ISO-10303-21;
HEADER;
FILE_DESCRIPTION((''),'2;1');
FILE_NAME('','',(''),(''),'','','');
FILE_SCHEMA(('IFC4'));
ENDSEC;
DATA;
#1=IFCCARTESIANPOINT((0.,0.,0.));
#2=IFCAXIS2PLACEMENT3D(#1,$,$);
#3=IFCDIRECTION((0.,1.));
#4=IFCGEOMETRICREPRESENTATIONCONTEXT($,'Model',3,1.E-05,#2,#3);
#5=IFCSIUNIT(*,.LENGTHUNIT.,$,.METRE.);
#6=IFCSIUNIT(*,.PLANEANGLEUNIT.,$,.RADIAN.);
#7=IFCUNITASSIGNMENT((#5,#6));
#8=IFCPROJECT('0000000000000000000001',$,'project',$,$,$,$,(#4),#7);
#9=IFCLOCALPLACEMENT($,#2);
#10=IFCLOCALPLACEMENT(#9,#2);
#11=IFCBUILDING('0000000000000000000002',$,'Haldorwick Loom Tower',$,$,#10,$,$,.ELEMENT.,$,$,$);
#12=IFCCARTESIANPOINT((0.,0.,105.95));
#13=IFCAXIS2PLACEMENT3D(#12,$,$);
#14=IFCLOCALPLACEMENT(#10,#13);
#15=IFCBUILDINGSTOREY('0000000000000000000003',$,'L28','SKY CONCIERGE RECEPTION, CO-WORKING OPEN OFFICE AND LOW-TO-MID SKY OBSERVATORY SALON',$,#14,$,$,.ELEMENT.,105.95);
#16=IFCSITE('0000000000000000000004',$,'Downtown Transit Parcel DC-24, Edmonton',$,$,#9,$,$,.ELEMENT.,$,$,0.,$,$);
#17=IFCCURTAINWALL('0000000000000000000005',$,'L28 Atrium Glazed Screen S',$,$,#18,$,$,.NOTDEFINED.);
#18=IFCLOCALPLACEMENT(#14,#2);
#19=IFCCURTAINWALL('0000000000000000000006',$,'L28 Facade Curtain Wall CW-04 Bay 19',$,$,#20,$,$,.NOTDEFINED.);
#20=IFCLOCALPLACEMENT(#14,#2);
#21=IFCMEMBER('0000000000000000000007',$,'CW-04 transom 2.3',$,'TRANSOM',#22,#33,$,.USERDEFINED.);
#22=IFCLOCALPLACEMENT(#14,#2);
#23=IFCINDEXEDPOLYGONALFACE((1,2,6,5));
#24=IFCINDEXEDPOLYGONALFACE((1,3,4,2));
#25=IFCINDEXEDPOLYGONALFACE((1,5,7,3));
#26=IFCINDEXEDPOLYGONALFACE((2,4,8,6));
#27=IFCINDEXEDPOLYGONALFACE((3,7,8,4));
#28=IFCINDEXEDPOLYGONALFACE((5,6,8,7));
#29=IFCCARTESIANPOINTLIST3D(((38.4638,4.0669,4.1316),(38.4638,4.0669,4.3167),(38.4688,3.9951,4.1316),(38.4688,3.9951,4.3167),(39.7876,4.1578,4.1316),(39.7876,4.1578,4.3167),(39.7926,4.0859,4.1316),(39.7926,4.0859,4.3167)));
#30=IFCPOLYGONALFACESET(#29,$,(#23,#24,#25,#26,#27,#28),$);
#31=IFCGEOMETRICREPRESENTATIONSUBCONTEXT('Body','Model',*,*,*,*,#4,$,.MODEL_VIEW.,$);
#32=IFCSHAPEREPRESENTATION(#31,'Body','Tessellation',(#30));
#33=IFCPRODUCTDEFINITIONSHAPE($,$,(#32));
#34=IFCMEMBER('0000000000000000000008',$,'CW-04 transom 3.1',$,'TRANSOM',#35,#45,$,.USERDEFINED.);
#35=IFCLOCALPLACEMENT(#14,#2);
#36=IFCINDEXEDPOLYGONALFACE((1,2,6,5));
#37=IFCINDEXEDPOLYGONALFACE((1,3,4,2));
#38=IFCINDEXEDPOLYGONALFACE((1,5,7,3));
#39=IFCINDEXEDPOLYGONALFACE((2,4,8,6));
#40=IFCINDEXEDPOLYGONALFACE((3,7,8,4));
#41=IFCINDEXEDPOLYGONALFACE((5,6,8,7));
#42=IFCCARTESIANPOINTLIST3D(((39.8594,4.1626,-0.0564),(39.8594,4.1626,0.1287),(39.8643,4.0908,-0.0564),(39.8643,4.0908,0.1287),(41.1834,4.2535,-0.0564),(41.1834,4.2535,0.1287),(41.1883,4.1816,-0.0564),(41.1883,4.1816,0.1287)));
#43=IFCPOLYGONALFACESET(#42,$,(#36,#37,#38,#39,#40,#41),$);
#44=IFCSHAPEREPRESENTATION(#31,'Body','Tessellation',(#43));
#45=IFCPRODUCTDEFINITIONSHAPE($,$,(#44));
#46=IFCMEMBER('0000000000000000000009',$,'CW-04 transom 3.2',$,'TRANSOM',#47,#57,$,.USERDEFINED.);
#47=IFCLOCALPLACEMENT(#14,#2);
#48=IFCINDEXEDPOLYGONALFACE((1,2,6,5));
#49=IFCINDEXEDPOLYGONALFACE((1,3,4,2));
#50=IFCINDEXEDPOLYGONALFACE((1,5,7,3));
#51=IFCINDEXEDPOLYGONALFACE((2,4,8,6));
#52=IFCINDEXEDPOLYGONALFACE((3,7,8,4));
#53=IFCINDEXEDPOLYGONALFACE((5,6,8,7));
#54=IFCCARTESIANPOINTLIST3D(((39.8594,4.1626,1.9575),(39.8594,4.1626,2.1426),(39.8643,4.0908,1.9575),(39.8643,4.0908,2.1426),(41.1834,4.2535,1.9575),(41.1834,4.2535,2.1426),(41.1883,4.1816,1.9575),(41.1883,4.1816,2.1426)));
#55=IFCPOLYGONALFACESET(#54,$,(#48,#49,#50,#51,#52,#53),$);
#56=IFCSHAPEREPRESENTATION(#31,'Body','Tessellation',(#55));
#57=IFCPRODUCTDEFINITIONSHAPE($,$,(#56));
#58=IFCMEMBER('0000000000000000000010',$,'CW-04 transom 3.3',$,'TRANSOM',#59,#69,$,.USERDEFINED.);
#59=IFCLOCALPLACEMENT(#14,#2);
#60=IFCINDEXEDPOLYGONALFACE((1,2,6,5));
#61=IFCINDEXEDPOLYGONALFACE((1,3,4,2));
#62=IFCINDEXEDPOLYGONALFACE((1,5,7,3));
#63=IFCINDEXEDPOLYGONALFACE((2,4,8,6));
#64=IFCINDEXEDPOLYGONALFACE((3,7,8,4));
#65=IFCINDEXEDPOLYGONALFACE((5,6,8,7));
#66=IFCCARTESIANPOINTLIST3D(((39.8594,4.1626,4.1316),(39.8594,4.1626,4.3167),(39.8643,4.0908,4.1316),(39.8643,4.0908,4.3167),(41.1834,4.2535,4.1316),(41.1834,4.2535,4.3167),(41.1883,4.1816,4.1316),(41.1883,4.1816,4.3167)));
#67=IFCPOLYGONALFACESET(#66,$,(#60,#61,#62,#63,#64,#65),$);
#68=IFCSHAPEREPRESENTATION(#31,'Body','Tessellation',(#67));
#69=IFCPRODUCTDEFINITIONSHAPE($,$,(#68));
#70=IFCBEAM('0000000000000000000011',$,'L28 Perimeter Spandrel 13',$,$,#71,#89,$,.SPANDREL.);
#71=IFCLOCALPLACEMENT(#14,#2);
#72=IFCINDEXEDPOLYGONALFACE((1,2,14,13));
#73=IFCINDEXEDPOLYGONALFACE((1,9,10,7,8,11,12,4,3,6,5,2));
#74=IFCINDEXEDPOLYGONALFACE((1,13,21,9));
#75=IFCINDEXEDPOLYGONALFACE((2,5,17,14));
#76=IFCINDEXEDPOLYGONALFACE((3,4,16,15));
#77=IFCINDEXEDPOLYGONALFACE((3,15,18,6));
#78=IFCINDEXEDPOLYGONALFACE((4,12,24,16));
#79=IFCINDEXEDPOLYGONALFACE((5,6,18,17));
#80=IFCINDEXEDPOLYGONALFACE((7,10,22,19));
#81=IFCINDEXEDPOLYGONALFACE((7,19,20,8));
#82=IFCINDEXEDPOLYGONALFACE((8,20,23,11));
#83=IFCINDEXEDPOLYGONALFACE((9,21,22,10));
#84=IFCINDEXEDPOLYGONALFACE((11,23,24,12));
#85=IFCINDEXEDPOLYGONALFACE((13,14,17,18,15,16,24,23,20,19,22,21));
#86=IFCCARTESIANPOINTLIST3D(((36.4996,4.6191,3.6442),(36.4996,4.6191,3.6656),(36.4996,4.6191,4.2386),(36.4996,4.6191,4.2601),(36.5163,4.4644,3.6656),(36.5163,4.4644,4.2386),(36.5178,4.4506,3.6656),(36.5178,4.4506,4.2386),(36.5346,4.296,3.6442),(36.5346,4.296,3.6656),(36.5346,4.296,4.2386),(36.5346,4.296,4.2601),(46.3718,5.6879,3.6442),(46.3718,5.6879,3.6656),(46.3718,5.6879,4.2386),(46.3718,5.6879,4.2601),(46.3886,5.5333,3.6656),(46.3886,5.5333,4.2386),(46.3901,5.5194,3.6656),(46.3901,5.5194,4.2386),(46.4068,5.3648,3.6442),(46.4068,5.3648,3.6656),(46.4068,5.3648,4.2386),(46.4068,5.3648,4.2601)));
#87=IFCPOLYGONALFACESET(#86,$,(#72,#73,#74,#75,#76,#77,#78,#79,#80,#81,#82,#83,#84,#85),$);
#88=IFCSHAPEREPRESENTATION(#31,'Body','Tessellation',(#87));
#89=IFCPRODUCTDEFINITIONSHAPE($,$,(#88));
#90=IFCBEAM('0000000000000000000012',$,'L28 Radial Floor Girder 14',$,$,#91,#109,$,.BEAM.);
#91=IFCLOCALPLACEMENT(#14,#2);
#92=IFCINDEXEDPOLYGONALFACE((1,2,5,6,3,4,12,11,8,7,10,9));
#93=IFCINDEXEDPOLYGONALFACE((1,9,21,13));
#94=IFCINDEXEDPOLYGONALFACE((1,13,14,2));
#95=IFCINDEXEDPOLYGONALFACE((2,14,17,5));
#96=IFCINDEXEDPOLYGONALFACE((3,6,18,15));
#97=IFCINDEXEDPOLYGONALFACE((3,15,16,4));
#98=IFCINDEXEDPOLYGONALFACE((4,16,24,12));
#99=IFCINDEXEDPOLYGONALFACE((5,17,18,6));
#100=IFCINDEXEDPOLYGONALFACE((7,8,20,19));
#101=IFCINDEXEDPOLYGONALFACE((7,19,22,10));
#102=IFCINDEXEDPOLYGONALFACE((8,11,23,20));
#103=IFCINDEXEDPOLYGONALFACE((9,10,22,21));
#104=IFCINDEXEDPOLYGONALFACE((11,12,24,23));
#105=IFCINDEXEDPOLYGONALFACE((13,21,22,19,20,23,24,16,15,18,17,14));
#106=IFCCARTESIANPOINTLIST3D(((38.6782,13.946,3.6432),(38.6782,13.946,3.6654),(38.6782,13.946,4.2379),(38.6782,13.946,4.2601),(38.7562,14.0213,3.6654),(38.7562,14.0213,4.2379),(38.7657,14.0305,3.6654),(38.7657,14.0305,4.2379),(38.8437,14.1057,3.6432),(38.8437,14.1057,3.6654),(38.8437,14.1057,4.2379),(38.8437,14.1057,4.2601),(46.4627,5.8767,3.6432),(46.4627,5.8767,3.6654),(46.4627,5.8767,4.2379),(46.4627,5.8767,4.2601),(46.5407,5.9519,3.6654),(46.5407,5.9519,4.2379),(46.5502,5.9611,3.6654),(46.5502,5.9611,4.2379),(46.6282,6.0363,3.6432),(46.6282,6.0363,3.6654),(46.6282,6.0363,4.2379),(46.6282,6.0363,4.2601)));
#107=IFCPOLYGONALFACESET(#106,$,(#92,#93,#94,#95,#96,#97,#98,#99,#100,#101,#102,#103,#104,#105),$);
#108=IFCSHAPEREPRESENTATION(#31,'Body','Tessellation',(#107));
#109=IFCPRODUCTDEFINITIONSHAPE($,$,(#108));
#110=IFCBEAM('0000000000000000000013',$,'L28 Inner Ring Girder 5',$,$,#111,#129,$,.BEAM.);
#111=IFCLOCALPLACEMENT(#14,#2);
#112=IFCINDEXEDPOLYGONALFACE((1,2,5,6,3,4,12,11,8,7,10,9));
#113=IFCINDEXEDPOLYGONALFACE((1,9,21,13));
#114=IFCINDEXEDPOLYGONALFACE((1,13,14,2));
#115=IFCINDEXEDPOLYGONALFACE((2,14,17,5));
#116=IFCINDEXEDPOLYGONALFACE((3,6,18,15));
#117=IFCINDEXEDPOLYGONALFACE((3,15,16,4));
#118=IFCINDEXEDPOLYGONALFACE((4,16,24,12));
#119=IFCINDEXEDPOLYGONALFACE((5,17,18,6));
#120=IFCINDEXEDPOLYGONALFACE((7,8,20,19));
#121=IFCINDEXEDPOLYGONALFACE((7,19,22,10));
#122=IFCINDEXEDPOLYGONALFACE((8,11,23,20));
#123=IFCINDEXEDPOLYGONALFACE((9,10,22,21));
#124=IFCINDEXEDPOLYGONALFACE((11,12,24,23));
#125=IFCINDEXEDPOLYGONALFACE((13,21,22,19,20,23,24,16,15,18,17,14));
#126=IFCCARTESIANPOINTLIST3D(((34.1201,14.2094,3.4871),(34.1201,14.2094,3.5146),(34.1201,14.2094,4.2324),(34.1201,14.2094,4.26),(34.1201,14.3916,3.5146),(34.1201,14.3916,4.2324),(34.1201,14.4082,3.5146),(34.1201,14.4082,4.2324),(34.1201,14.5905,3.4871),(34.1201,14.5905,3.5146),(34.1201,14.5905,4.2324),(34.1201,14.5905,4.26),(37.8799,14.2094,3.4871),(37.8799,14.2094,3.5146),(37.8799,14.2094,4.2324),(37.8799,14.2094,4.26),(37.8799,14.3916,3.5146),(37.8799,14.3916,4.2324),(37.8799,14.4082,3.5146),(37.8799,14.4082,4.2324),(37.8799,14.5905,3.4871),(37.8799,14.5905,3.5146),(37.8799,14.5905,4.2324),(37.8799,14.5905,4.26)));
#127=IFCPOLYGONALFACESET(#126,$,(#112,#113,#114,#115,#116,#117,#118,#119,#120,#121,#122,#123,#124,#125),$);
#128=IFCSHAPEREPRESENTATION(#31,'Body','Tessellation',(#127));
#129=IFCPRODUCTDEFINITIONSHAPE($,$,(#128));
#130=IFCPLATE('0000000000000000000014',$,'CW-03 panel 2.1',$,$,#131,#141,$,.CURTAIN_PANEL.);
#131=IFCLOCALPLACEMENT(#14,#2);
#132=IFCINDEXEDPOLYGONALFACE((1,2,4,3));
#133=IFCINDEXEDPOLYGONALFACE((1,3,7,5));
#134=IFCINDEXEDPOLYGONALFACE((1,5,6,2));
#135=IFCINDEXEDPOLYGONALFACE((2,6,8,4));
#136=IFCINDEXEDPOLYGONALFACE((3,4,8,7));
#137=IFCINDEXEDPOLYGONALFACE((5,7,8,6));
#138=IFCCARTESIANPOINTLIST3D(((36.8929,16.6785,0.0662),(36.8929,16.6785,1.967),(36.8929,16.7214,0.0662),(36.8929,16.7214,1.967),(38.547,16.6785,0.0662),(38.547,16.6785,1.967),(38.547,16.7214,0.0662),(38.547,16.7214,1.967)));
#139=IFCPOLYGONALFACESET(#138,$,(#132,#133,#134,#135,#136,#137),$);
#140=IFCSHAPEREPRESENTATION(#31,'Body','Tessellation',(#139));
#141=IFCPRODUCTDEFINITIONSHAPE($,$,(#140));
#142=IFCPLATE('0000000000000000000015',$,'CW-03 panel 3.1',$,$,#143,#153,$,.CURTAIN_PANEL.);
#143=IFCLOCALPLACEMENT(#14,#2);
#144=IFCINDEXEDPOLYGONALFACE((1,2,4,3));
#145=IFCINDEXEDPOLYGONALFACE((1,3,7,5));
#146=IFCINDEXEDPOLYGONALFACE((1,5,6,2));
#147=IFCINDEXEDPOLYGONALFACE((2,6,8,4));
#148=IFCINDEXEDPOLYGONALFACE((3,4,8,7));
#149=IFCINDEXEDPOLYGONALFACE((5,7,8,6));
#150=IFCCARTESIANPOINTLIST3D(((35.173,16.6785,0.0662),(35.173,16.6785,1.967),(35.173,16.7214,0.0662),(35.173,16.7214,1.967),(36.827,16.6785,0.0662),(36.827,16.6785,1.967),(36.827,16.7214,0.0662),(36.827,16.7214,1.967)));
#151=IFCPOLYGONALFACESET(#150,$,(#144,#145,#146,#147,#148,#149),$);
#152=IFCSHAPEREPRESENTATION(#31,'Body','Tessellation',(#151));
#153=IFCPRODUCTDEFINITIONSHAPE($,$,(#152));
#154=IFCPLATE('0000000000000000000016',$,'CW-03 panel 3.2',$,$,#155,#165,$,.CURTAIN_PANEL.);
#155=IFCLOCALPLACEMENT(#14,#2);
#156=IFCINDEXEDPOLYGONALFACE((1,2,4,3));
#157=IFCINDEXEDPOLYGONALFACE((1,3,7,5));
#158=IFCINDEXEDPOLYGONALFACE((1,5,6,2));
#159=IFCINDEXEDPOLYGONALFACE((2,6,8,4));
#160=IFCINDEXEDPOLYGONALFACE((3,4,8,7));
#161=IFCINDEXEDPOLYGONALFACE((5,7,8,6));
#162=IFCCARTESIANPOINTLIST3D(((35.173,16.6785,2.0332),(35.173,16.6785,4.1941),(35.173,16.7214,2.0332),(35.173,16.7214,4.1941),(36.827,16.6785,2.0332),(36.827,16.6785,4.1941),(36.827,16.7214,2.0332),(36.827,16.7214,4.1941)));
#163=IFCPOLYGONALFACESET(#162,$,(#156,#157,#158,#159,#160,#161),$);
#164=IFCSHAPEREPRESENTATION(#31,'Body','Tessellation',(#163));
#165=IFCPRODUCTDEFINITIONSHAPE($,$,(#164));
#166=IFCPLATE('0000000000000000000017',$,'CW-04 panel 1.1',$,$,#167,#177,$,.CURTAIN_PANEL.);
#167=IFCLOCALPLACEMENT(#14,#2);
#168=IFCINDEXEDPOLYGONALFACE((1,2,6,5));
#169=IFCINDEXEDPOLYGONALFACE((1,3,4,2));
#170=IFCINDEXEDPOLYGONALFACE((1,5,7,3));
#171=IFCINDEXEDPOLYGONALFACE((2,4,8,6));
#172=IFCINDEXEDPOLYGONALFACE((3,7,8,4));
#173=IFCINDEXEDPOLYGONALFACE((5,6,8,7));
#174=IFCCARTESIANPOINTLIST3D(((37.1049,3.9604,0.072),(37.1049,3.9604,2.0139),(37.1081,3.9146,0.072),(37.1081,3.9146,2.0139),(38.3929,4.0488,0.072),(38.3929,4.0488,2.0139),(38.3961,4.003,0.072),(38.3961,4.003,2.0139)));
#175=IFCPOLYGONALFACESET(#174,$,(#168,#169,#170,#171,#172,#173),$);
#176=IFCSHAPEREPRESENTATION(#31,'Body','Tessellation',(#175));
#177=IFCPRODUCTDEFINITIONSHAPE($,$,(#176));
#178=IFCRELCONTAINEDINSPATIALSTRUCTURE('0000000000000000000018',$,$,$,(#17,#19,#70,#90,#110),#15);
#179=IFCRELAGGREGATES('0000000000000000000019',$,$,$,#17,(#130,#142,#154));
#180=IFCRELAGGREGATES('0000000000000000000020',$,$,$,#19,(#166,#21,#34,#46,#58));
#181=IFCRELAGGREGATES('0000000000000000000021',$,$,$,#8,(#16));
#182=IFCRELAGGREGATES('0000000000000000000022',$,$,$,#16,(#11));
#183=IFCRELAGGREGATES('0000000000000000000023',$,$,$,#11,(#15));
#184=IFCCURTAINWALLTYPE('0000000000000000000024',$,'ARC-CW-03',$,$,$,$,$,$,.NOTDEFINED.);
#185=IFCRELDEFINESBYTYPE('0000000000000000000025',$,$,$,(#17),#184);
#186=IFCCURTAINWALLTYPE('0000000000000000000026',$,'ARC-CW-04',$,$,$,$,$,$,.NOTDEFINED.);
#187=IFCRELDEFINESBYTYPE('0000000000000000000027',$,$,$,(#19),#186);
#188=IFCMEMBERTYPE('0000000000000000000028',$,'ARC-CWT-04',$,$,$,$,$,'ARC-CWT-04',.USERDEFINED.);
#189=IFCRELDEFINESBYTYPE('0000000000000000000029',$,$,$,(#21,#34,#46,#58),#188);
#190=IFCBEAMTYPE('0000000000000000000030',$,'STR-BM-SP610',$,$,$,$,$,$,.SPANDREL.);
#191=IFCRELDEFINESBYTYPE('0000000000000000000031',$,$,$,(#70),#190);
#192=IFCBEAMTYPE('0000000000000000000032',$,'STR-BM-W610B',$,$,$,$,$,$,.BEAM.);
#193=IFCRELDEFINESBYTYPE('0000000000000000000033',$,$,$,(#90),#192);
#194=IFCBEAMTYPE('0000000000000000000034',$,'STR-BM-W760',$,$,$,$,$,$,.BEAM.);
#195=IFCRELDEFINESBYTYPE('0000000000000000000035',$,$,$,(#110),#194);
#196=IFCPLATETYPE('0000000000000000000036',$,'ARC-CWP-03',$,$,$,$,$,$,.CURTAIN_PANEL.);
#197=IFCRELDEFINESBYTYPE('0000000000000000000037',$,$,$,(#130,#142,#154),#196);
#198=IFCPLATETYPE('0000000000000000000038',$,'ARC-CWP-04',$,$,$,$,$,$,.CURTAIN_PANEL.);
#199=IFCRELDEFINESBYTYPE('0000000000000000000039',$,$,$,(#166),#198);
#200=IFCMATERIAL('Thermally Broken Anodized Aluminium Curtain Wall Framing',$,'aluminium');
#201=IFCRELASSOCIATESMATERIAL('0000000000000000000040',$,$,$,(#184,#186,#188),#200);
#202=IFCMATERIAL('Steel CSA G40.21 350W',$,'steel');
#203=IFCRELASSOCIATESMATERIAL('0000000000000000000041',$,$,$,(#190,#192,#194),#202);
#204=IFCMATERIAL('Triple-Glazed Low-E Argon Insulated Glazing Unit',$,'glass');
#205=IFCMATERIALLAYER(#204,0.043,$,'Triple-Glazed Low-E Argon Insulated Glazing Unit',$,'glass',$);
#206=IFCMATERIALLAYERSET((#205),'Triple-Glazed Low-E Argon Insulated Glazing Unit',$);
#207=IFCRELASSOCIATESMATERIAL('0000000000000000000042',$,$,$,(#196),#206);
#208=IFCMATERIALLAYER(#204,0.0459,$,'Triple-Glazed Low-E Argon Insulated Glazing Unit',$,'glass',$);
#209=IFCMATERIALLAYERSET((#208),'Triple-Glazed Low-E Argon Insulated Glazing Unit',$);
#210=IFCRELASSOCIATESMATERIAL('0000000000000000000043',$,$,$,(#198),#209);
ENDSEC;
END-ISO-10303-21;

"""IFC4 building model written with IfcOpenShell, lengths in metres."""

from ifc_helpers import new_model, si_unit, direction, frame, origin, origin_2d, place, context, subcontext, project, spatial, rectangle, i_section, extrude, material, layer, layer_set, material_profile, profile_set, type_object, element, aggregate, save


model = new_model("IFC4")

# Units and contexts
model_context = context("Model", 3, precision=1e-05, world=origin(), true_north=direction((0.0, 1.0)))
body_context = subcontext(model_context, "Body", "Model", "MODEL_VIEW")
ifc_project = project(units=[si_unit("LENGTHUNIT", "METRE"), si_unit("PLANEANGLEUNIT", "RADIAN")], contexts=[model_context])

# Site, building, storey
site_placement = place(None, origin())
site = spatial("IfcSite", under=ifc_project, at=site_placement, Name="Downtown Transit Parcel DC-24, Edmonton", CompositionType="ELEMENT", RefElevation=0.0)
building_placement = place(site_placement, origin())
building = spatial("IfcBuilding", under=site, at=building_placement, Name="Haldorwick Loom Tower", CompositionType="ELEMENT")
storey_placement = place(building_placement, frame((0.0, 0.0, 105.95)))
storey = spatial("IfcBuildingStorey", under=building, at=storey_placement, Name="L28", Description="SKY CONCIERGE RECEPTION, CO-WORKING OPEN OFFICE AND LOW-TO-MID SKY OBSERVATORY SALON", CompositionType="ELEMENT", Elevation=105.95)

# Curtain wall
ifc_material_1 = material(Name="Thermally Broken Anodized Aluminium Curtain Wall Framing", Category="aluminium")
curtain_wall_type_1 = type_object("IfcCurtainWallType", Name="ARC-CW-03", PredefinedType="NOTDEFINED", material=ifc_material_1)
curtain_wall_1_placement = place(storey_placement, origin())
curtain_wall_1 = element("IfcCurtainWall", 1, at=curtain_wall_1_placement, inside=storey, type_object=curtain_wall_type_1, Name="L28 Atrium Glazed Screen S", PredefinedType="NOTDEFINED")

# Curtain wall
curtain_wall_type_2 = type_object("IfcCurtainWallType", Name="ARC-CW-04", PredefinedType="NOTDEFINED", material=ifc_material_1)
curtain_wall_2_placement = place(storey_placement, origin())
curtain_wall_2 = element("IfcCurtainWall", 2, at=curtain_wall_2_placement, inside=storey, type_object=curtain_wall_type_2, Name="L28 Facade Curtain Wall CW-04 Bay 19", PredefinedType="NOTDEFINED")

# Members
ifc_material_profile_1 = material_profile(ifc_material_1, rectangle(XDim=0.072, YDim=0.1851, at=origin_2d()), Name="ALU_TRN_72X185", Category="aluminium")
ifc_profile_set_1 = profile_set([ifc_material_profile_1], Name="Thermally Broken Anodized Aluminium Curtain Wall Framing")
member_type_1 = type_object("IfcMemberType", Name="ARC-CWT-04", ElementType="ARC-CWT-04", PredefinedType="USERDEFINED", material=ifc_profile_set_1)
member_1_placement = place(storey_placement, frame((38.4663, 4.031, 4.2241), z_axis=(0.997655, 0.068448, 0.0), x_axis=(-0.068448, 0.997655, 0.0)))
member_1 = element("IfcMember", 3, at=member_1_placement, type_object=member_type_1, Name="CW-04 transom 2.3", ObjectType="TRANSOM", PredefinedType="USERDEFINED", context=body_context, shape_type="SweptSolid", body=[
    extrude(rectangle(XDim=0.072, YDim=0.1851, at=origin_2d()), origin(), (0.0, 0.0, 1.0), 1.3269),
])
member_2_placement = place(storey_placement, frame((39.8618, 4.1267, 0.0361), z_axis=(0.997656, 0.068436, 0.0), x_axis=(-0.068436, 0.997656, 0.0)))
member_2 = element("IfcMember", 4, at=member_2_placement, type_object=member_type_1, Name="CW-04 transom 3.1", ObjectType="TRANSOM", PredefinedType="USERDEFINED", context=body_context, shape_type="SweptSolid", body=[
    extrude(rectangle(XDim=0.072, YDim=0.1851, at=origin_2d()), origin(), (0.0, 0.0, 1.0), 1.3271),
])
member_3_placement = place(storey_placement, frame((39.8618, 4.1267, 2.05), z_axis=(0.997656, 0.068436, 0.0), x_axis=(-0.068436, 0.997656, 0.0)))
member_3 = element("IfcMember", 5, at=member_3_placement, type_object=member_type_1, Name="CW-04 transom 3.2", ObjectType="TRANSOM", PredefinedType="USERDEFINED", context=body_context, shape_type="SweptSolid", body=[
    extrude(rectangle(XDim=0.072, YDim=0.1851, at=origin_2d()), origin(), (0.0, 0.0, 1.0), 1.3271),
])
member_4_placement = place(storey_placement, frame((39.8618, 4.1267, 4.2241), z_axis=(0.997656, 0.068436, 0.0), x_axis=(-0.068436, 0.997656, 0.0)))
member_4 = element("IfcMember", 6, at=member_4_placement, type_object=member_type_1, Name="CW-04 transom 3.3", ObjectType="TRANSOM", PredefinedType="USERDEFINED", context=body_context, shape_type="SweptSolid", body=[
    extrude(rectangle(XDim=0.072, YDim=0.1851, at=origin_2d()), origin(), (0.0, 0.0, 1.0), 1.3271),
])

# Beams
ifc_material_2 = material(Name="Steel CSA G40.21 350W", Category="steel")
ifc_material_profile_2 = material_profile(ifc_material_2, i_section(OverallWidth=0.325, OverallDepth=0.616, WebThickness=0.0139, FlangeThickness=0.0215, at=origin_2d()), Name="W610X174", Category="steel")
ifc_profile_set_2 = profile_set([ifc_material_profile_2], Name="Steel CSA G40.21 350W")
beam_type_1 = type_object("IfcBeamType", Name="STR-BM-SP610", PredefinedType="SPANDREL", material=ifc_profile_set_2)
beam_1_placement = place(storey_placement, frame((36.5171, 4.4575, 3.9521), z_axis=(0.99419, 0.107638, 0.0), x_axis=(-0.107638, 0.99419, 0.0)))
element("IfcBeam", 7, at=beam_1_placement, inside=storey, type_object=beam_type_1, Name="L28 Perimeter Spandrel 13", PredefinedType="SPANDREL", context=body_context, shape_type="SweptSolid", body=[
    extrude(i_section(OverallWidth=0.325, OverallDepth=0.616, WebThickness=0.0139, FlangeThickness=0.0215, at=origin_2d()), origin(), (0.0, 0.0, 1.0), 9.9299),
])
ifc_material_profile_3 = material_profile(ifc_material_2, i_section(OverallWidth=0.23, OverallDepth=0.6169, WebThickness=0.0132, FlangeThickness=0.0222, at=origin_2d()), Name="W610X140", Category="steel")
ifc_profile_set_3 = profile_set([ifc_material_profile_3], Name="Steel CSA G40.21 350W")
beam_type_2 = type_object("IfcBeamType", Name="STR-BM-W610B", PredefinedType="BEAM", material=ifc_profile_set_3)
beam_2_placement = place(storey_placement, frame((38.761, 14.0259, 3.9517), z_axis=(0.694287, -0.719698, 0.0), x_axis=(0.719698, 0.694287, 0.0)))
element("IfcBeam", 8, at=beam_2_placement, inside=storey, type_object=beam_type_2, Name="L28 Radial Floor Girder 14", PredefinedType="BEAM", context=body_context, shape_type="SweptSolid", body=[
    extrude(i_section(OverallWidth=0.23, OverallDepth=0.6169, WebThickness=0.0132, FlangeThickness=0.0222, at=origin_2d()), origin(), (0.0, 0.0, 1.0), 11.2122),
])
ifc_material_profile_4 = material_profile(ifc_material_2, i_section(OverallWidth=0.3811, OverallDepth=0.7729, WebThickness=0.0166, FlangeThickness=0.0276, at=origin_2d()), Name="W760X257", Category="steel")
ifc_profile_set_4 = profile_set([ifc_material_profile_4], Name="Steel CSA G40.21 350W")
beam_type_3 = type_object("IfcBeamType", Name="STR-BM-W760", PredefinedType="BEAM", material=ifc_profile_set_4)
beam_3_placement = place(storey_placement, frame((37.8799, 14.3999, 3.8735), z_axis=(-1.0, 0.0, 0.0), x_axis=(0.0, -1.0, 0.0)))
element("IfcBeam", 9, at=beam_3_placement, inside=storey, type_object=beam_type_3, Name="L28 Inner Ring Girder 5", PredefinedType="BEAM", context=body_context, shape_type="SweptSolid", body=[
    extrude(i_section(OverallWidth=0.3811, OverallDepth=0.7729, WebThickness=0.0166, FlangeThickness=0.0276, at=origin_2d()), origin(), (0.0, 0.0, 1.0), 3.7598),
])

# Plates
ifc_material_3 = material(Name="Triple-Glazed Low-E Argon Insulated Glazing Unit", Category="glass")
ifc_layer_1 = layer(ifc_material_3, 0.043, Name="Triple-Glazed Low-E Argon Insulated Glazing Unit", Category="glass")
ifc_layer_set_1 = layer_set([ifc_layer_1], Name="Triple-Glazed Low-E Argon Insulated Glazing Unit")
plate_type_1 = type_object("IfcPlateType", Name="ARC-CWP-03", PredefinedType="CURTAIN_PANEL", material=ifc_layer_set_1)
plate_1_placement = place(storey_placement, frame((37.72, 16.7, 0.0662), z_axis=(0.0, 0.0, 1.0), x_axis=(-1.0, 0.0, 0.0)))
plate_1 = element("IfcPlate", 10, at=plate_1_placement, type_object=plate_type_1, Name="CW-03 panel 2.1", PredefinedType="CURTAIN_PANEL", context=body_context, shape_type="SweptSolid", body=[
    extrude(rectangle(XDim=1.6541, YDim=0.043, at=origin_2d()), origin(), (0.0, 0.0, 1.0), 1.9009),
])
plate_2_placement = place(storey_placement, frame((36.0, 16.7, 0.0662), z_axis=(0.0, 0.0, 1.0), x_axis=(-1.0, 0.0, 0.0)))
plate_2 = element("IfcPlate", 11, at=plate_2_placement, type_object=plate_type_1, Name="CW-03 panel 3.1", PredefinedType="CURTAIN_PANEL", context=body_context, shape_type="SweptSolid", body=[
    extrude(rectangle(XDim=1.6541, YDim=0.043, at=origin_2d()), origin(), (0.0, 0.0, 1.0), 1.9009),
])
plate_3_placement = place(storey_placement, frame((36.0, 16.7, 2.0332), z_axis=(0.0, 0.0, 1.0), x_axis=(-1.0, 0.0, 0.0)))
plate_3 = element("IfcPlate", 12, at=plate_3_placement, type_object=plate_type_1, Name="CW-03 panel 3.2", PredefinedType="CURTAIN_PANEL", context=body_context, shape_type="SweptSolid", body=[
    extrude(rectangle(XDim=1.6541, YDim=0.043, at=origin_2d()), origin(), (0.0, 0.0, 1.0), 2.1609),
])
aggregate(curtain_wall_1, [plate_1, plate_2, plate_3])
ifc_layer_2 = layer(ifc_material_3, 0.0459, Name="Triple-Glazed Low-E Argon Insulated Glazing Unit", Category="glass")
ifc_layer_set_2 = layer_set([ifc_layer_2], Name="Triple-Glazed Low-E Argon Insulated Glazing Unit")
plate_type_2 = type_object("IfcPlateType", Name="ARC-CWP-04", PredefinedType="CURTAIN_PANEL", material=ifc_layer_set_2)
plate_4_placement = place(storey_placement, frame((37.7505, 3.9817, 0.072), z_axis=(0.0, 0.0, 1.0), x_axis=(0.997651, 0.068496, 0.0)))
plate_4 = element("IfcPlate", 13, at=plate_4_placement, type_object=plate_type_2, Name="CW-04 panel 1.1", PredefinedType="CURTAIN_PANEL", context=body_context, shape_type="SweptSolid", body=[
    extrude(rectangle(XDim=1.291, YDim=0.0459, at=origin_2d()), origin(), (0.0, 0.0, 1.0), 1.9419),
])
aggregate(curtain_wall_2, [plate_4, member_1, member_2, member_3, member_4])

save(model, "model.ifc")
